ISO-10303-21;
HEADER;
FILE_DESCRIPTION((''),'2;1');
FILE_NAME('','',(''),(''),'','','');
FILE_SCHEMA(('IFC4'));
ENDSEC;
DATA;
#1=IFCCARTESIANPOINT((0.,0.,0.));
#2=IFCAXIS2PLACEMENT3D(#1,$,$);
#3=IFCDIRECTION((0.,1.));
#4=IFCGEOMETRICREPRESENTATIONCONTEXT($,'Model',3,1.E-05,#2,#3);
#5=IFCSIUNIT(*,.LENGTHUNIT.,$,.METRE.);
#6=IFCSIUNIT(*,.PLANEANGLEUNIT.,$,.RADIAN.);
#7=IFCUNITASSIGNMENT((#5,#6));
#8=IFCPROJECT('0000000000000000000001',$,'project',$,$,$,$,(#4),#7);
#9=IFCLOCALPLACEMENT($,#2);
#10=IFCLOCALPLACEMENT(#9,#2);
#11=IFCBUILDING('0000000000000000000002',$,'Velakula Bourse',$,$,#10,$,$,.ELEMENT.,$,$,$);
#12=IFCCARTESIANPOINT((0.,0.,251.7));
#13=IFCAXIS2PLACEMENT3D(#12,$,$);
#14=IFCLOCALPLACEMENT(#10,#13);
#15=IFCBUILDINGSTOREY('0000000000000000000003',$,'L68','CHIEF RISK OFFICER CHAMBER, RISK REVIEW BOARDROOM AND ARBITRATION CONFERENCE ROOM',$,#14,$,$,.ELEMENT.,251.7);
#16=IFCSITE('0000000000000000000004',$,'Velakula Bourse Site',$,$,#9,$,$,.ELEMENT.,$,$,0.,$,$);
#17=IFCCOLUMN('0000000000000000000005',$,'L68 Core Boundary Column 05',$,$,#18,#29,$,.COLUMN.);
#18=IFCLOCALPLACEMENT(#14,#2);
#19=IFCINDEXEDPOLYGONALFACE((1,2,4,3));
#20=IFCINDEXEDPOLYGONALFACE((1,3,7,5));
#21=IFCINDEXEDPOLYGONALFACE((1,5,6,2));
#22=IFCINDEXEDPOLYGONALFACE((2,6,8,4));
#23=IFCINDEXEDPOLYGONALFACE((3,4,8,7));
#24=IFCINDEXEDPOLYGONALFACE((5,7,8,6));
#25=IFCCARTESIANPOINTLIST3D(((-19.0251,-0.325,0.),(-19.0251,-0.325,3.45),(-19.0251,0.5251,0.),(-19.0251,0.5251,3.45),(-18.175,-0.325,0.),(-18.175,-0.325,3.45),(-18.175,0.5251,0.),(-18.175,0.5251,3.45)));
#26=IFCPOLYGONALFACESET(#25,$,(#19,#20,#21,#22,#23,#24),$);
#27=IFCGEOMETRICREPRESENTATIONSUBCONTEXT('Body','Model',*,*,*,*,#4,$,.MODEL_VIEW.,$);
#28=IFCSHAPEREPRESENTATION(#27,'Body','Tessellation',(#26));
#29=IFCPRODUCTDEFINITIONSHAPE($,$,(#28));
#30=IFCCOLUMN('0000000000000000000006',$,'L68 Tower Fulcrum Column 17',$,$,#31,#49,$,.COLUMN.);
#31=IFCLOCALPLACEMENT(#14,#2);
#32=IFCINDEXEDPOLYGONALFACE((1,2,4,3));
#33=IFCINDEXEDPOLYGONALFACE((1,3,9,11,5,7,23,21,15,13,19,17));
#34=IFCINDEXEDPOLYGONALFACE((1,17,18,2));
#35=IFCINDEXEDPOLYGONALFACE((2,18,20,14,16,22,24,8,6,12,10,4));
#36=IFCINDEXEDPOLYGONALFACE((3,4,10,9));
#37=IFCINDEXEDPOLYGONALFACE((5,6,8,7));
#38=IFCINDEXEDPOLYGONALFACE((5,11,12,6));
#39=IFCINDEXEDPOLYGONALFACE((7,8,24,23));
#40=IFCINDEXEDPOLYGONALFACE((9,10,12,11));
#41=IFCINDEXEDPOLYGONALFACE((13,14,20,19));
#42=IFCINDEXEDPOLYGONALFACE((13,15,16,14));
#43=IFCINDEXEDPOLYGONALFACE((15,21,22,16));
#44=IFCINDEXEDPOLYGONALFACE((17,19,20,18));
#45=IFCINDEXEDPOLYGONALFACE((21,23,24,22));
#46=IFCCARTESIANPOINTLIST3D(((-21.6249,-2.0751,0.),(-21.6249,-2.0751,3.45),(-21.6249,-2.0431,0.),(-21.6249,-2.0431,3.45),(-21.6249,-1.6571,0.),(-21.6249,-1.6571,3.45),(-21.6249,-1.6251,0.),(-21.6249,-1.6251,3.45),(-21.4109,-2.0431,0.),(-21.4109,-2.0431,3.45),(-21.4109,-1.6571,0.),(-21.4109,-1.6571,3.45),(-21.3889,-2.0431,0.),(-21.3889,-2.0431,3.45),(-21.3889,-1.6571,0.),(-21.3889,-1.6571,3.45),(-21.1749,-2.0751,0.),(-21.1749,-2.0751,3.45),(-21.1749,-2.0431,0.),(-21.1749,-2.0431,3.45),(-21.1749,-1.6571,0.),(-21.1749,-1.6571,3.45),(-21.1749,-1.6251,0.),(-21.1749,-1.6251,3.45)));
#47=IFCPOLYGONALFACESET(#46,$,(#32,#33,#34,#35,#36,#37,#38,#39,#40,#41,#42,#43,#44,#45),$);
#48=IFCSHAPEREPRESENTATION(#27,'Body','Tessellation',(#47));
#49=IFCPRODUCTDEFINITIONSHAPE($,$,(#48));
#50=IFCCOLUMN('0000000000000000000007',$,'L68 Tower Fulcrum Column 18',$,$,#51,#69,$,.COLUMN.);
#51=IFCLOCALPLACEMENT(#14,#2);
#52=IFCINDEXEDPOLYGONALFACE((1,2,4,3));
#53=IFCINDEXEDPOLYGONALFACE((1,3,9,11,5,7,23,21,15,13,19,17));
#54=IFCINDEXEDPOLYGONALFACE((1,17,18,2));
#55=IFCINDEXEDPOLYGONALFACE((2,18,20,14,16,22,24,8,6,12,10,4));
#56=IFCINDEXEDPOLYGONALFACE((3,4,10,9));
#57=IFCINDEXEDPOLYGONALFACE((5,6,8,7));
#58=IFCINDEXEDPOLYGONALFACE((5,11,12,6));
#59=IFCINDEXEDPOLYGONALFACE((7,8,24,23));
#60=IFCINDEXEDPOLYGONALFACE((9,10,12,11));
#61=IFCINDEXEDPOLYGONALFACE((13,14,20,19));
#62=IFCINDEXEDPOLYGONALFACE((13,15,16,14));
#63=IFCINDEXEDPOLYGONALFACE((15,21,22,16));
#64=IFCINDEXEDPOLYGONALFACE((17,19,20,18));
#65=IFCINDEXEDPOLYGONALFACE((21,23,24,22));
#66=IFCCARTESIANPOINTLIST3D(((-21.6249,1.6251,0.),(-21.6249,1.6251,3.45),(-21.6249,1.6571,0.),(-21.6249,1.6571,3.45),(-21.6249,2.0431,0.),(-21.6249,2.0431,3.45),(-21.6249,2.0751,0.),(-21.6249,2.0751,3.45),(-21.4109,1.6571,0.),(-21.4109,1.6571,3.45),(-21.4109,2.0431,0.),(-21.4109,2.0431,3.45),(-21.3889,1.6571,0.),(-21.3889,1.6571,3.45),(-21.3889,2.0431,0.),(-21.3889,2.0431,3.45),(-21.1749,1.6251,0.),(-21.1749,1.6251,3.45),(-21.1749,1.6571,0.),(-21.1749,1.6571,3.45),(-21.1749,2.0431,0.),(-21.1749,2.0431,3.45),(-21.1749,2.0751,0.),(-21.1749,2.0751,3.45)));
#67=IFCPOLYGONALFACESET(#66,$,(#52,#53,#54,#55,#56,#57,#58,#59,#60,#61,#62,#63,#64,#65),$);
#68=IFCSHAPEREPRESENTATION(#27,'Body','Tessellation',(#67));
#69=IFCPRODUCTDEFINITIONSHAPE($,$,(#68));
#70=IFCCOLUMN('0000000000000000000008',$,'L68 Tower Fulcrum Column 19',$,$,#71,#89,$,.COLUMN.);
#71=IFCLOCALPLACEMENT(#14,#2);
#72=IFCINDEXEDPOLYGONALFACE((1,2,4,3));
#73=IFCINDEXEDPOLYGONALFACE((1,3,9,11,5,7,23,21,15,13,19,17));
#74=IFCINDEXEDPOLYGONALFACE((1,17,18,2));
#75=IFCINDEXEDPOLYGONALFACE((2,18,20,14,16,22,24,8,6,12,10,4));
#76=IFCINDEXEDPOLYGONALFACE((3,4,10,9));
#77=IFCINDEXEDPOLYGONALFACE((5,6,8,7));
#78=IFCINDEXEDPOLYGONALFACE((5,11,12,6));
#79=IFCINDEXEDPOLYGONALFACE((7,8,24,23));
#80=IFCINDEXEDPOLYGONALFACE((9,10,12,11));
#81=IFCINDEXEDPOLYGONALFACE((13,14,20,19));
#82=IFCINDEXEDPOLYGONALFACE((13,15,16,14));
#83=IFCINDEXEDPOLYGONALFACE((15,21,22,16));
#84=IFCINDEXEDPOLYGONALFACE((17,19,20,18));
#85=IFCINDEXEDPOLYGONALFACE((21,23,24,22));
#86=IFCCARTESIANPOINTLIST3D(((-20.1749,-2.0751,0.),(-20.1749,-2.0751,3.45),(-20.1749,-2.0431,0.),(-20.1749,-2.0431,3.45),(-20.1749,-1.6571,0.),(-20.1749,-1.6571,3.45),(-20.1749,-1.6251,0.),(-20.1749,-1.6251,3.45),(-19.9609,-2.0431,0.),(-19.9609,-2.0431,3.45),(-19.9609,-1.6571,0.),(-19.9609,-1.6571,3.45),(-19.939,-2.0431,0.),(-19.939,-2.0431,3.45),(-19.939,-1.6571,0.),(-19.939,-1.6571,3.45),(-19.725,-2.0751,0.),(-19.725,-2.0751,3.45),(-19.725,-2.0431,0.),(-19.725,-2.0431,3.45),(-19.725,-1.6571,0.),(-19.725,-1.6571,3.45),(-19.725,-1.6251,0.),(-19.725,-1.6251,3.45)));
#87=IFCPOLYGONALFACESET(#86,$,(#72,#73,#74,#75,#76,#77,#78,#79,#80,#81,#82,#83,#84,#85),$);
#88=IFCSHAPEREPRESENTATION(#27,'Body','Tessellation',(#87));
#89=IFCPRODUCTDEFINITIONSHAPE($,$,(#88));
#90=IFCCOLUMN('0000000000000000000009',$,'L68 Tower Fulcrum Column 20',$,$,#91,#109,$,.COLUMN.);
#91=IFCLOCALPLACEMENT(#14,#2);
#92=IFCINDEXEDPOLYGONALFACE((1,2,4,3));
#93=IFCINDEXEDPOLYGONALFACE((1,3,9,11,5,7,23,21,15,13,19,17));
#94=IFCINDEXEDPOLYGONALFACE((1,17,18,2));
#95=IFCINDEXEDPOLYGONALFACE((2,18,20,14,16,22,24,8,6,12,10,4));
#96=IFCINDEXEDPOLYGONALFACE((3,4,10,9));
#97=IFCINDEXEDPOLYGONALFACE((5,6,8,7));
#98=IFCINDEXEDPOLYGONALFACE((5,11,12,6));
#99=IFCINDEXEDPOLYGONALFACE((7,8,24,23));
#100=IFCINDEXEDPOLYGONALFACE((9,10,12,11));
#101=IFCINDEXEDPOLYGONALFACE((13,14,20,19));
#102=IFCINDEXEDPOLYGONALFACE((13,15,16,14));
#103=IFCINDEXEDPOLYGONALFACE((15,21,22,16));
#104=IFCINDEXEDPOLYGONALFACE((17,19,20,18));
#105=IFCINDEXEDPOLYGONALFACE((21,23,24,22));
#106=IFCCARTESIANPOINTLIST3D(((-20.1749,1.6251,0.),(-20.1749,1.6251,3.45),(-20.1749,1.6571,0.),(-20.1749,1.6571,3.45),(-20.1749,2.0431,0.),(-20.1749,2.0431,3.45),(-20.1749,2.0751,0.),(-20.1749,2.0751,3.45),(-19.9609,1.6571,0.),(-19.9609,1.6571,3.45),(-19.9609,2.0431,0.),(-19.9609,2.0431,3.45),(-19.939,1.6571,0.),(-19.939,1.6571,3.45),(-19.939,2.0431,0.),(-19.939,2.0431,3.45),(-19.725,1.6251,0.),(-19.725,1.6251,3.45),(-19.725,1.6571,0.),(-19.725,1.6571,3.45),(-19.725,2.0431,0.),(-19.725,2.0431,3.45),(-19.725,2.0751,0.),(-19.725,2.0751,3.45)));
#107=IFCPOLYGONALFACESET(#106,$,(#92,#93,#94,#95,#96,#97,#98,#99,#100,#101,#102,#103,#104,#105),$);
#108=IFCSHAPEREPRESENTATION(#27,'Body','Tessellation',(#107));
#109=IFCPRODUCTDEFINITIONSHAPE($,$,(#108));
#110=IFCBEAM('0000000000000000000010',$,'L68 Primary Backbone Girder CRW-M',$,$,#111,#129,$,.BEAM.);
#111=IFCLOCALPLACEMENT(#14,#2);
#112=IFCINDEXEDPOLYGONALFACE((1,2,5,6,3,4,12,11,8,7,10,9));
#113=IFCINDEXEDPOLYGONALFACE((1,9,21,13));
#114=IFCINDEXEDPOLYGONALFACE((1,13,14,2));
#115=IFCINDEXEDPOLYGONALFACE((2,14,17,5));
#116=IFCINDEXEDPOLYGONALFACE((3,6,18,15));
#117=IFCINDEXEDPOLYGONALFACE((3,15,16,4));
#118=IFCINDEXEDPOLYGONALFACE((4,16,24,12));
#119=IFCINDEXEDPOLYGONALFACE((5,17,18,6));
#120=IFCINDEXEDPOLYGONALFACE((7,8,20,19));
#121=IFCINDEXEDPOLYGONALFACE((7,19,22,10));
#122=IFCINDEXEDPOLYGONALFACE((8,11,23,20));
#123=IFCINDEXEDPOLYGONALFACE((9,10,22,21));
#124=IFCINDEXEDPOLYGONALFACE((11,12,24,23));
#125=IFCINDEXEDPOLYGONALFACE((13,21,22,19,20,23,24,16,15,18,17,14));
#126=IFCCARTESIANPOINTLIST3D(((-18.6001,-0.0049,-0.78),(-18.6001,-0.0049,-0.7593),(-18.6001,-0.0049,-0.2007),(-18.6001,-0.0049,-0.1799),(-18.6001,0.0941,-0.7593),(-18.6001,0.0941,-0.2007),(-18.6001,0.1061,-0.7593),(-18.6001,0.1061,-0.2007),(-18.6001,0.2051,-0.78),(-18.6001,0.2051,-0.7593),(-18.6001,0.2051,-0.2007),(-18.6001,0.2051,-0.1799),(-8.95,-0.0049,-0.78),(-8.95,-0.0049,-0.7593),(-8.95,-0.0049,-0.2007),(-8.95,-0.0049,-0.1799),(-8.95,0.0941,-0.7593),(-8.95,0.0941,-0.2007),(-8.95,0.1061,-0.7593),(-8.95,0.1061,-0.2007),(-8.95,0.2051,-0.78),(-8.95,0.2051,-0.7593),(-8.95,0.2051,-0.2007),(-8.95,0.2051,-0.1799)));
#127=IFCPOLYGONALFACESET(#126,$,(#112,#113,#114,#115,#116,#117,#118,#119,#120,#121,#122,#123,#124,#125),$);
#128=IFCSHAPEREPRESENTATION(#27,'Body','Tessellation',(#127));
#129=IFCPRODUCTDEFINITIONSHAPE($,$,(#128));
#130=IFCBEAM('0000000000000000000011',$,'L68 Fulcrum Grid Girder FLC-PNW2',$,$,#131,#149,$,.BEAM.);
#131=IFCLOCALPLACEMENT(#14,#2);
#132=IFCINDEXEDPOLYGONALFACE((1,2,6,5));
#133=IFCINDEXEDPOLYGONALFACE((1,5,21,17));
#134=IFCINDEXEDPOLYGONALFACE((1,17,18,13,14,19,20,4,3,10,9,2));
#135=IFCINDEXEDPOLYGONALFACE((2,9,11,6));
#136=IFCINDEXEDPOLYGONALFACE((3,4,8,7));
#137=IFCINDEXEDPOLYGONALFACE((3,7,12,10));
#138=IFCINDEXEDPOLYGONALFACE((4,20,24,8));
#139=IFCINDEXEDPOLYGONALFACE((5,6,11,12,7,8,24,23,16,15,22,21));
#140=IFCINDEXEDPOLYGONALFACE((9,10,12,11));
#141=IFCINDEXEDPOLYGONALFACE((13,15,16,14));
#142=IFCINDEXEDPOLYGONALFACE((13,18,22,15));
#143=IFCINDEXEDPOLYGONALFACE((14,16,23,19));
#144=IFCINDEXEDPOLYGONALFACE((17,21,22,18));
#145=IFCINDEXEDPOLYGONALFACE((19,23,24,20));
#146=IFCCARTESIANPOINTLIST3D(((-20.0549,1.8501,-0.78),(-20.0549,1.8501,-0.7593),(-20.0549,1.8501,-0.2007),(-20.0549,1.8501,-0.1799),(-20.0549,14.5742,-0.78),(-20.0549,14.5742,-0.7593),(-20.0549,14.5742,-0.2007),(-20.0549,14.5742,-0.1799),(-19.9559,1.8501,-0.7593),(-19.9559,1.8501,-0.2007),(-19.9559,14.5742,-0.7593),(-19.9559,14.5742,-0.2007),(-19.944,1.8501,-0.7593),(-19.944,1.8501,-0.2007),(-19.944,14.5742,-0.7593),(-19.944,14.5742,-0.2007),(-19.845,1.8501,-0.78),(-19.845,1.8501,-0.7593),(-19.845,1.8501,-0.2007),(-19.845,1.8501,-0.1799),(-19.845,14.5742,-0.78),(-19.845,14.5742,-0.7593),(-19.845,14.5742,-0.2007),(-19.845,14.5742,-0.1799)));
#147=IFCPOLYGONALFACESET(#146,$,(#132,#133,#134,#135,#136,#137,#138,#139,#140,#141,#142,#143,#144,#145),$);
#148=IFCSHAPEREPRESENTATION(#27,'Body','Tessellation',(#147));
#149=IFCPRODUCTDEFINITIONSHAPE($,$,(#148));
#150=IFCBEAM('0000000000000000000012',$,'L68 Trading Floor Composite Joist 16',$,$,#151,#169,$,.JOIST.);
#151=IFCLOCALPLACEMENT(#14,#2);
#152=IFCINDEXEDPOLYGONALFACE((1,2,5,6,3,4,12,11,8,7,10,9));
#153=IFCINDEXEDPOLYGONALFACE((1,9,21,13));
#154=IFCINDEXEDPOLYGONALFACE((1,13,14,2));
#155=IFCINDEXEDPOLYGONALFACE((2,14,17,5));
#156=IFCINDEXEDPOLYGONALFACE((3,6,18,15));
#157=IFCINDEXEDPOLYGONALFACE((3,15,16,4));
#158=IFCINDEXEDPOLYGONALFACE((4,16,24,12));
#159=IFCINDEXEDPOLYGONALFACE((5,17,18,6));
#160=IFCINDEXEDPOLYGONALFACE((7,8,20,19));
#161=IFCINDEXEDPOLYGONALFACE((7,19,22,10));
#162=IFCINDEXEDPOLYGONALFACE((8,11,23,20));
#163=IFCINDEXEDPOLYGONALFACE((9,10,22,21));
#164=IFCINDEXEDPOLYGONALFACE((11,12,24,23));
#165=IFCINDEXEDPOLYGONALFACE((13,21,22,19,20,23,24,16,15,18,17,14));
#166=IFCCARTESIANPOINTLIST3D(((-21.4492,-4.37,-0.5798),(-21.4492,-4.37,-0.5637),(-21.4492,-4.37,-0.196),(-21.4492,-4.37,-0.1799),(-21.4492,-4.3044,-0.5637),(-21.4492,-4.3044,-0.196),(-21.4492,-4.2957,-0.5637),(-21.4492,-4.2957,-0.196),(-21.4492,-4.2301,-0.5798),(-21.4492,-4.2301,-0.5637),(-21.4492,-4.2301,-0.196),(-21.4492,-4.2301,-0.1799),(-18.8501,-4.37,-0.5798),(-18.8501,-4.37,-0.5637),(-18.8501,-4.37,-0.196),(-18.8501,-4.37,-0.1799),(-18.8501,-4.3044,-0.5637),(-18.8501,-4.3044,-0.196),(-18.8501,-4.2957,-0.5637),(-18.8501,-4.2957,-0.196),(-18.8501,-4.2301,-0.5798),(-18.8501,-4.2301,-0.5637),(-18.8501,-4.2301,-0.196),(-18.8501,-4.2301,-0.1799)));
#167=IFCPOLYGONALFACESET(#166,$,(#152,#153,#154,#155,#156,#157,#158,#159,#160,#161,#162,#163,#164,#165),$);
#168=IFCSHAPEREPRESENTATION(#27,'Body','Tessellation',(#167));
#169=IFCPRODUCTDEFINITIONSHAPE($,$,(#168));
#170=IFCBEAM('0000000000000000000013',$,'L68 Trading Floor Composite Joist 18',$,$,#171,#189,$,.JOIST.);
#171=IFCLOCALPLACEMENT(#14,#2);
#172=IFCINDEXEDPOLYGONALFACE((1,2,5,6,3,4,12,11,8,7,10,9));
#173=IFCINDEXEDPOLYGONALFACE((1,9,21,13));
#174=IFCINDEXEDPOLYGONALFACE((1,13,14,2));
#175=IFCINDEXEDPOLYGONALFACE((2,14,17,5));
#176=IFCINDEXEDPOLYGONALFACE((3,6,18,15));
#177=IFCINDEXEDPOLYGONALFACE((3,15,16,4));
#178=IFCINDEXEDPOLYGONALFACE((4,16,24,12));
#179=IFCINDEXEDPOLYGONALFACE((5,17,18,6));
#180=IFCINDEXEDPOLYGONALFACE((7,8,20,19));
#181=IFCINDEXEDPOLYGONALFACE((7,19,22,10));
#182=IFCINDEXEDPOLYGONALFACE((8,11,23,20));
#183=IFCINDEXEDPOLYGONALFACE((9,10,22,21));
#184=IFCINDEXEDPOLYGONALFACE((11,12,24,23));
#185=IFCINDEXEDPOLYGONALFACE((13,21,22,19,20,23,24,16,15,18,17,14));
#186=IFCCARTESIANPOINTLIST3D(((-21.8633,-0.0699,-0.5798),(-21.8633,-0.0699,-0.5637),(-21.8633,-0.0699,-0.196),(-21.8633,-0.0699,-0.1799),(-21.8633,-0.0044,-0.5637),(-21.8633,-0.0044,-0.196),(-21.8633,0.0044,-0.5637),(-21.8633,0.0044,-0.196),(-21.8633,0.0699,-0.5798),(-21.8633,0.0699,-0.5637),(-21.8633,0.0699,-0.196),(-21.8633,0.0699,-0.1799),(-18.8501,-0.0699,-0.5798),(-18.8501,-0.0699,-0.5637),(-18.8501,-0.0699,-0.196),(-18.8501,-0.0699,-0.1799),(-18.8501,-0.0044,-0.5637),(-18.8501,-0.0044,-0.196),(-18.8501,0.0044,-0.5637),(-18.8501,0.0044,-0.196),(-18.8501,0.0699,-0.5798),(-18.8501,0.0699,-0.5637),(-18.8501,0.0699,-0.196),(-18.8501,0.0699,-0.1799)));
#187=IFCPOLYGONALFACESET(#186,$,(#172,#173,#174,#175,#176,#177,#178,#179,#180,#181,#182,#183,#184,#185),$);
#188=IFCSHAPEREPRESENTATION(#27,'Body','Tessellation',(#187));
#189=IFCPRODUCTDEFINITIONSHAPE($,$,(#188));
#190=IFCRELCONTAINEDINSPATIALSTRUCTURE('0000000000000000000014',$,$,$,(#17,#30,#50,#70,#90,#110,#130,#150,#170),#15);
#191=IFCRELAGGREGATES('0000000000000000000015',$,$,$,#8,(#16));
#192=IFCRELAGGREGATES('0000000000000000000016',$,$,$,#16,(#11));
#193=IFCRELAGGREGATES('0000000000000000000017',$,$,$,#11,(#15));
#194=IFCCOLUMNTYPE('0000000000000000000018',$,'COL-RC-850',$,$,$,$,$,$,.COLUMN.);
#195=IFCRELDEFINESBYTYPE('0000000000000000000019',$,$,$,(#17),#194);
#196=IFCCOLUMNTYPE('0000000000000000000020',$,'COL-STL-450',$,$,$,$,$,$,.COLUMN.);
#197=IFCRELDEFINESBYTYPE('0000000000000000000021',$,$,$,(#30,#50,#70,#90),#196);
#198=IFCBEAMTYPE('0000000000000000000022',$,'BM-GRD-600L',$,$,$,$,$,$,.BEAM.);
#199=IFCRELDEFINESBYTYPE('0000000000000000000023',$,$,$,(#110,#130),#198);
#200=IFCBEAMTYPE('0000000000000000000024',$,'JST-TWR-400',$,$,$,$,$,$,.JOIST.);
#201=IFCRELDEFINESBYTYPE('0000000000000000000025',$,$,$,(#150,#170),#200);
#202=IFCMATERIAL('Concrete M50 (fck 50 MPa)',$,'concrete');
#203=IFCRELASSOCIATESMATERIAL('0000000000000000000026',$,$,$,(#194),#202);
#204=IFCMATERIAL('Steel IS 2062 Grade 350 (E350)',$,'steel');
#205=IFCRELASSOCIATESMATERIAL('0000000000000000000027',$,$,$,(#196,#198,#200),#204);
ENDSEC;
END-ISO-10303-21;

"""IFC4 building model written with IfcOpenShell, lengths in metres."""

from ifc_helpers import new_model, si_unit, direction, frame, origin, origin_2d, place, context, subcontext, project, spatial, rectangle, i_section, extrude, material, material_profile, profile_set, type_object, element, save


model = new_model("IFC4")

# Units and contexts
model_context = context("Model", 3, precision=1e-05, world=origin(), true_north=direction((0.0, 1.0)))
body_context = subcontext(model_context, "Body", "Model", "MODEL_VIEW")
ifc_project = project(units=[si_unit("LENGTHUNIT", "METRE"), si_unit("PLANEANGLEUNIT", "RADIAN")], contexts=[model_context])

# Site, building, storey
site_placement = place(None, origin())
site = spatial("IfcSite", under=ifc_project, at=site_placement, Name="Velakula Bourse Site", CompositionType="ELEMENT", RefElevation=0.0)
building_placement = place(site_placement, origin())
building = spatial("IfcBuilding", under=site, at=building_placement, Name="Velakula Bourse", CompositionType="ELEMENT")
storey_placement = place(building_placement, frame((0.0, 0.0, 251.7)))
storey = spatial("IfcBuildingStorey", under=building, at=storey_placement, Name="L68", Description="CHIEF RISK OFFICER CHAMBER, RISK REVIEW BOARDROOM AND ARBITRATION CONFERENCE ROOM", CompositionType="ELEMENT", Elevation=251.7)

# Columns
ifc_material_1 = material(Name="Concrete M50 (fck 50 MPa)", Category="concrete")
ifc_material_profile_1 = material_profile(ifc_material_1, rectangle(XDim=0.8501, YDim=0.8501, at=origin_2d()), Name="Concrete M50 (fck 50 MPa)")
ifc_profile_set_1 = profile_set([ifc_material_profile_1], Name="Concrete M50 (fck 50 MPa)")
column_type_1 = type_object("IfcColumnType", Name="COL-RC-850", PredefinedType="COLUMN", material=ifc_profile_set_1)
column_placement = place(storey_placement, frame((-18.6001, 0.1001, 0.0), z_axis=(0.0, 0.0, 1.0), x_axis=(1.0, 0.0, 0.0)))
element("IfcColumn", 1, at=column_placement, inside=storey, type_object=column_type_1, Name="L68 Core Boundary Column 05", PredefinedType="COLUMN", context=body_context, shape_type="SweptSolid", body=[
    extrude(rectangle(XDim=0.8501, YDim=0.8501, at=origin_2d()), origin(), (0.0, 0.0, 1.0), 3.45),
])
ifc_material_2 = material(Name="Steel IS 2062 Grade 350 (E350)", Category="steel")
ifc_material_profile_2 = material_profile(ifc_material_2, i_section(OverallWidth=0.45, OverallDepth=0.45, WebThickness=0.022, FlangeThickness=0.032, at=origin_2d()), Name="Steel IS 2062 Grade 350 (E350)")
ifc_profile_set_2 = profile_set([ifc_material_profile_2], Name="Steel IS 2062 Grade 350 (E350)")
column_type_2 = type_object("IfcColumnType", Name="COL-STL-450", PredefinedType="COLUMN", material=ifc_profile_set_2)
for number, where, z_axis, x_axis, name in (
    (2, (-21.3999, -1.8501, 0.0), (0.0, 0.0, 1.0), (1.0, 0.0, 0.0), "L68 Tower Fulcrum Column 17"),
    (3, (-21.3999, 1.8501, 0.0), (0.0, 0.0, 1.0), (1.0, 0.0, 0.0), "L68 Tower Fulcrum Column 18"),
    (4, (-19.95, -1.8501, 0.0), (0.0, 0.0, 1.0), (1.0, 0.0, 0.0), "L68 Tower Fulcrum Column 19"),
    (5, (-19.95, 1.8501, 0.0), (0.0, 0.0, 1.0), (1.0, 0.0, 0.0), "L68 Tower Fulcrum Column 20"),
):
    element("IfcColumn", number, at=place(storey_placement, frame(where, z_axis=z_axis, x_axis=x_axis)), inside=storey, type_object=column_type_2, Name=name, PredefinedType="COLUMN", context=body_context, shape_type="SweptSolid", body=[
        extrude(i_section(OverallWidth=0.45, OverallDepth=0.45, WebThickness=0.022, FlangeThickness=0.032, at=origin_2d()), origin(), (0.0, 0.0, 1.0), 3.45),
    ])

# Beams
ifc_material_profile_3 = material_profile(ifc_material_2, i_section(OverallWidth=0.21, OverallDepth=0.6001, WebThickness=0.012, FlangeThickness=0.0208, at=origin_2d()), Name="Steel IS 2062 Grade 350 (E350)")
ifc_profile_set_3 = profile_set([ifc_material_profile_3], Name="Steel IS 2062 Grade 350 (E350)")
beam_type_1 = type_object("IfcBeamType", Name="BM-GRD-600L", PredefinedType="BEAM", material=ifc_profile_set_3)
beam_1_placement = place(storey_placement, frame((-18.6001, 0.1001, -0.48), z_axis=(1.0, 0.0, 0.0), x_axis=(0.0, 1.0, 0.0)))
element("IfcBeam", 6, at=beam_1_placement, inside=storey, type_object=beam_type_1, Name="L68 Primary Backbone Girder CRW-M", PredefinedType="BEAM", context=body_context, shape_type="SweptSolid", body=[
    extrude(i_section(OverallWidth=0.21, OverallDepth=0.6001, WebThickness=0.012, FlangeThickness=0.0208, at=origin_2d()), origin(), (0.0, 0.0, 1.0), 9.6501),
])
beam_2_placement = place(storey_placement, frame((-19.95, 1.8501, -0.48), z_axis=(0.0, 1.0, 0.0), x_axis=(-1.0, 0.0, 0.0)))
element("IfcBeam", 7, at=beam_2_placement, inside=storey, type_object=beam_type_1, Name="L68 Fulcrum Grid Girder FLC-PNW2", PredefinedType="BEAM", context=body_context, shape_type="SweptSolid", body=[
    extrude(i_section(OverallWidth=0.21, OverallDepth=0.6001, WebThickness=0.012, FlangeThickness=0.0208, at=origin_2d()), origin(), (0.0, 0.0, 1.0), 12.7241),
])
ifc_material_profile_4 = material_profile(ifc_material_2, i_section(OverallWidth=0.1399, OverallDepth=0.3999, WebThickness=0.0088, FlangeThickness=0.0161, at=origin_2d()), Name="Steel IS 2062 Grade 350 (E350)")
ifc_profile_set_4 = profile_set([ifc_material_profile_4], Name="Steel IS 2062 Grade 350 (E350)")
beam_type_2 = type_object("IfcBeamType", Name="JST-TWR-400", PredefinedType="JOIST", material=ifc_profile_set_4)
beam_3_placement = place(storey_placement, frame((-21.4492, -4.3, -0.3799), z_axis=(1.0, 0.0, 0.0), x_axis=(0.0, 1.0, 0.0)))
element("IfcBeam", 8, at=beam_3_placement, inside=storey, type_object=beam_type_2, Name="L68 Trading Floor Composite Joist 16", PredefinedType="JOIST", context=body_context, shape_type="SweptSolid", body=[
    extrude(i_section(OverallWidth=0.1399, OverallDepth=0.3999, WebThickness=0.0088, FlangeThickness=0.0161, at=origin_2d()), origin(), (0.0, 0.0, 1.0), 2.5991),
])
beam_4_placement = place(storey_placement, frame((-21.8633, 0.0, -0.3799), z_axis=(1.0, 0.0, 0.0), x_axis=(0.0, 1.0, 0.0)))
element("IfcBeam", 9, at=beam_4_placement, inside=storey, type_object=beam_type_2, Name="L68 Trading Floor Composite Joist 18", PredefinedType="JOIST", context=body_context, shape_type="SweptSolid", body=[
    extrude(i_section(OverallWidth=0.1399, OverallDepth=0.3999, WebThickness=0.0088, FlangeThickness=0.0161, at=origin_2d()), origin(), (0.0, 0.0, 1.0), 3.0132),
])

save(model, "model.ifc")
